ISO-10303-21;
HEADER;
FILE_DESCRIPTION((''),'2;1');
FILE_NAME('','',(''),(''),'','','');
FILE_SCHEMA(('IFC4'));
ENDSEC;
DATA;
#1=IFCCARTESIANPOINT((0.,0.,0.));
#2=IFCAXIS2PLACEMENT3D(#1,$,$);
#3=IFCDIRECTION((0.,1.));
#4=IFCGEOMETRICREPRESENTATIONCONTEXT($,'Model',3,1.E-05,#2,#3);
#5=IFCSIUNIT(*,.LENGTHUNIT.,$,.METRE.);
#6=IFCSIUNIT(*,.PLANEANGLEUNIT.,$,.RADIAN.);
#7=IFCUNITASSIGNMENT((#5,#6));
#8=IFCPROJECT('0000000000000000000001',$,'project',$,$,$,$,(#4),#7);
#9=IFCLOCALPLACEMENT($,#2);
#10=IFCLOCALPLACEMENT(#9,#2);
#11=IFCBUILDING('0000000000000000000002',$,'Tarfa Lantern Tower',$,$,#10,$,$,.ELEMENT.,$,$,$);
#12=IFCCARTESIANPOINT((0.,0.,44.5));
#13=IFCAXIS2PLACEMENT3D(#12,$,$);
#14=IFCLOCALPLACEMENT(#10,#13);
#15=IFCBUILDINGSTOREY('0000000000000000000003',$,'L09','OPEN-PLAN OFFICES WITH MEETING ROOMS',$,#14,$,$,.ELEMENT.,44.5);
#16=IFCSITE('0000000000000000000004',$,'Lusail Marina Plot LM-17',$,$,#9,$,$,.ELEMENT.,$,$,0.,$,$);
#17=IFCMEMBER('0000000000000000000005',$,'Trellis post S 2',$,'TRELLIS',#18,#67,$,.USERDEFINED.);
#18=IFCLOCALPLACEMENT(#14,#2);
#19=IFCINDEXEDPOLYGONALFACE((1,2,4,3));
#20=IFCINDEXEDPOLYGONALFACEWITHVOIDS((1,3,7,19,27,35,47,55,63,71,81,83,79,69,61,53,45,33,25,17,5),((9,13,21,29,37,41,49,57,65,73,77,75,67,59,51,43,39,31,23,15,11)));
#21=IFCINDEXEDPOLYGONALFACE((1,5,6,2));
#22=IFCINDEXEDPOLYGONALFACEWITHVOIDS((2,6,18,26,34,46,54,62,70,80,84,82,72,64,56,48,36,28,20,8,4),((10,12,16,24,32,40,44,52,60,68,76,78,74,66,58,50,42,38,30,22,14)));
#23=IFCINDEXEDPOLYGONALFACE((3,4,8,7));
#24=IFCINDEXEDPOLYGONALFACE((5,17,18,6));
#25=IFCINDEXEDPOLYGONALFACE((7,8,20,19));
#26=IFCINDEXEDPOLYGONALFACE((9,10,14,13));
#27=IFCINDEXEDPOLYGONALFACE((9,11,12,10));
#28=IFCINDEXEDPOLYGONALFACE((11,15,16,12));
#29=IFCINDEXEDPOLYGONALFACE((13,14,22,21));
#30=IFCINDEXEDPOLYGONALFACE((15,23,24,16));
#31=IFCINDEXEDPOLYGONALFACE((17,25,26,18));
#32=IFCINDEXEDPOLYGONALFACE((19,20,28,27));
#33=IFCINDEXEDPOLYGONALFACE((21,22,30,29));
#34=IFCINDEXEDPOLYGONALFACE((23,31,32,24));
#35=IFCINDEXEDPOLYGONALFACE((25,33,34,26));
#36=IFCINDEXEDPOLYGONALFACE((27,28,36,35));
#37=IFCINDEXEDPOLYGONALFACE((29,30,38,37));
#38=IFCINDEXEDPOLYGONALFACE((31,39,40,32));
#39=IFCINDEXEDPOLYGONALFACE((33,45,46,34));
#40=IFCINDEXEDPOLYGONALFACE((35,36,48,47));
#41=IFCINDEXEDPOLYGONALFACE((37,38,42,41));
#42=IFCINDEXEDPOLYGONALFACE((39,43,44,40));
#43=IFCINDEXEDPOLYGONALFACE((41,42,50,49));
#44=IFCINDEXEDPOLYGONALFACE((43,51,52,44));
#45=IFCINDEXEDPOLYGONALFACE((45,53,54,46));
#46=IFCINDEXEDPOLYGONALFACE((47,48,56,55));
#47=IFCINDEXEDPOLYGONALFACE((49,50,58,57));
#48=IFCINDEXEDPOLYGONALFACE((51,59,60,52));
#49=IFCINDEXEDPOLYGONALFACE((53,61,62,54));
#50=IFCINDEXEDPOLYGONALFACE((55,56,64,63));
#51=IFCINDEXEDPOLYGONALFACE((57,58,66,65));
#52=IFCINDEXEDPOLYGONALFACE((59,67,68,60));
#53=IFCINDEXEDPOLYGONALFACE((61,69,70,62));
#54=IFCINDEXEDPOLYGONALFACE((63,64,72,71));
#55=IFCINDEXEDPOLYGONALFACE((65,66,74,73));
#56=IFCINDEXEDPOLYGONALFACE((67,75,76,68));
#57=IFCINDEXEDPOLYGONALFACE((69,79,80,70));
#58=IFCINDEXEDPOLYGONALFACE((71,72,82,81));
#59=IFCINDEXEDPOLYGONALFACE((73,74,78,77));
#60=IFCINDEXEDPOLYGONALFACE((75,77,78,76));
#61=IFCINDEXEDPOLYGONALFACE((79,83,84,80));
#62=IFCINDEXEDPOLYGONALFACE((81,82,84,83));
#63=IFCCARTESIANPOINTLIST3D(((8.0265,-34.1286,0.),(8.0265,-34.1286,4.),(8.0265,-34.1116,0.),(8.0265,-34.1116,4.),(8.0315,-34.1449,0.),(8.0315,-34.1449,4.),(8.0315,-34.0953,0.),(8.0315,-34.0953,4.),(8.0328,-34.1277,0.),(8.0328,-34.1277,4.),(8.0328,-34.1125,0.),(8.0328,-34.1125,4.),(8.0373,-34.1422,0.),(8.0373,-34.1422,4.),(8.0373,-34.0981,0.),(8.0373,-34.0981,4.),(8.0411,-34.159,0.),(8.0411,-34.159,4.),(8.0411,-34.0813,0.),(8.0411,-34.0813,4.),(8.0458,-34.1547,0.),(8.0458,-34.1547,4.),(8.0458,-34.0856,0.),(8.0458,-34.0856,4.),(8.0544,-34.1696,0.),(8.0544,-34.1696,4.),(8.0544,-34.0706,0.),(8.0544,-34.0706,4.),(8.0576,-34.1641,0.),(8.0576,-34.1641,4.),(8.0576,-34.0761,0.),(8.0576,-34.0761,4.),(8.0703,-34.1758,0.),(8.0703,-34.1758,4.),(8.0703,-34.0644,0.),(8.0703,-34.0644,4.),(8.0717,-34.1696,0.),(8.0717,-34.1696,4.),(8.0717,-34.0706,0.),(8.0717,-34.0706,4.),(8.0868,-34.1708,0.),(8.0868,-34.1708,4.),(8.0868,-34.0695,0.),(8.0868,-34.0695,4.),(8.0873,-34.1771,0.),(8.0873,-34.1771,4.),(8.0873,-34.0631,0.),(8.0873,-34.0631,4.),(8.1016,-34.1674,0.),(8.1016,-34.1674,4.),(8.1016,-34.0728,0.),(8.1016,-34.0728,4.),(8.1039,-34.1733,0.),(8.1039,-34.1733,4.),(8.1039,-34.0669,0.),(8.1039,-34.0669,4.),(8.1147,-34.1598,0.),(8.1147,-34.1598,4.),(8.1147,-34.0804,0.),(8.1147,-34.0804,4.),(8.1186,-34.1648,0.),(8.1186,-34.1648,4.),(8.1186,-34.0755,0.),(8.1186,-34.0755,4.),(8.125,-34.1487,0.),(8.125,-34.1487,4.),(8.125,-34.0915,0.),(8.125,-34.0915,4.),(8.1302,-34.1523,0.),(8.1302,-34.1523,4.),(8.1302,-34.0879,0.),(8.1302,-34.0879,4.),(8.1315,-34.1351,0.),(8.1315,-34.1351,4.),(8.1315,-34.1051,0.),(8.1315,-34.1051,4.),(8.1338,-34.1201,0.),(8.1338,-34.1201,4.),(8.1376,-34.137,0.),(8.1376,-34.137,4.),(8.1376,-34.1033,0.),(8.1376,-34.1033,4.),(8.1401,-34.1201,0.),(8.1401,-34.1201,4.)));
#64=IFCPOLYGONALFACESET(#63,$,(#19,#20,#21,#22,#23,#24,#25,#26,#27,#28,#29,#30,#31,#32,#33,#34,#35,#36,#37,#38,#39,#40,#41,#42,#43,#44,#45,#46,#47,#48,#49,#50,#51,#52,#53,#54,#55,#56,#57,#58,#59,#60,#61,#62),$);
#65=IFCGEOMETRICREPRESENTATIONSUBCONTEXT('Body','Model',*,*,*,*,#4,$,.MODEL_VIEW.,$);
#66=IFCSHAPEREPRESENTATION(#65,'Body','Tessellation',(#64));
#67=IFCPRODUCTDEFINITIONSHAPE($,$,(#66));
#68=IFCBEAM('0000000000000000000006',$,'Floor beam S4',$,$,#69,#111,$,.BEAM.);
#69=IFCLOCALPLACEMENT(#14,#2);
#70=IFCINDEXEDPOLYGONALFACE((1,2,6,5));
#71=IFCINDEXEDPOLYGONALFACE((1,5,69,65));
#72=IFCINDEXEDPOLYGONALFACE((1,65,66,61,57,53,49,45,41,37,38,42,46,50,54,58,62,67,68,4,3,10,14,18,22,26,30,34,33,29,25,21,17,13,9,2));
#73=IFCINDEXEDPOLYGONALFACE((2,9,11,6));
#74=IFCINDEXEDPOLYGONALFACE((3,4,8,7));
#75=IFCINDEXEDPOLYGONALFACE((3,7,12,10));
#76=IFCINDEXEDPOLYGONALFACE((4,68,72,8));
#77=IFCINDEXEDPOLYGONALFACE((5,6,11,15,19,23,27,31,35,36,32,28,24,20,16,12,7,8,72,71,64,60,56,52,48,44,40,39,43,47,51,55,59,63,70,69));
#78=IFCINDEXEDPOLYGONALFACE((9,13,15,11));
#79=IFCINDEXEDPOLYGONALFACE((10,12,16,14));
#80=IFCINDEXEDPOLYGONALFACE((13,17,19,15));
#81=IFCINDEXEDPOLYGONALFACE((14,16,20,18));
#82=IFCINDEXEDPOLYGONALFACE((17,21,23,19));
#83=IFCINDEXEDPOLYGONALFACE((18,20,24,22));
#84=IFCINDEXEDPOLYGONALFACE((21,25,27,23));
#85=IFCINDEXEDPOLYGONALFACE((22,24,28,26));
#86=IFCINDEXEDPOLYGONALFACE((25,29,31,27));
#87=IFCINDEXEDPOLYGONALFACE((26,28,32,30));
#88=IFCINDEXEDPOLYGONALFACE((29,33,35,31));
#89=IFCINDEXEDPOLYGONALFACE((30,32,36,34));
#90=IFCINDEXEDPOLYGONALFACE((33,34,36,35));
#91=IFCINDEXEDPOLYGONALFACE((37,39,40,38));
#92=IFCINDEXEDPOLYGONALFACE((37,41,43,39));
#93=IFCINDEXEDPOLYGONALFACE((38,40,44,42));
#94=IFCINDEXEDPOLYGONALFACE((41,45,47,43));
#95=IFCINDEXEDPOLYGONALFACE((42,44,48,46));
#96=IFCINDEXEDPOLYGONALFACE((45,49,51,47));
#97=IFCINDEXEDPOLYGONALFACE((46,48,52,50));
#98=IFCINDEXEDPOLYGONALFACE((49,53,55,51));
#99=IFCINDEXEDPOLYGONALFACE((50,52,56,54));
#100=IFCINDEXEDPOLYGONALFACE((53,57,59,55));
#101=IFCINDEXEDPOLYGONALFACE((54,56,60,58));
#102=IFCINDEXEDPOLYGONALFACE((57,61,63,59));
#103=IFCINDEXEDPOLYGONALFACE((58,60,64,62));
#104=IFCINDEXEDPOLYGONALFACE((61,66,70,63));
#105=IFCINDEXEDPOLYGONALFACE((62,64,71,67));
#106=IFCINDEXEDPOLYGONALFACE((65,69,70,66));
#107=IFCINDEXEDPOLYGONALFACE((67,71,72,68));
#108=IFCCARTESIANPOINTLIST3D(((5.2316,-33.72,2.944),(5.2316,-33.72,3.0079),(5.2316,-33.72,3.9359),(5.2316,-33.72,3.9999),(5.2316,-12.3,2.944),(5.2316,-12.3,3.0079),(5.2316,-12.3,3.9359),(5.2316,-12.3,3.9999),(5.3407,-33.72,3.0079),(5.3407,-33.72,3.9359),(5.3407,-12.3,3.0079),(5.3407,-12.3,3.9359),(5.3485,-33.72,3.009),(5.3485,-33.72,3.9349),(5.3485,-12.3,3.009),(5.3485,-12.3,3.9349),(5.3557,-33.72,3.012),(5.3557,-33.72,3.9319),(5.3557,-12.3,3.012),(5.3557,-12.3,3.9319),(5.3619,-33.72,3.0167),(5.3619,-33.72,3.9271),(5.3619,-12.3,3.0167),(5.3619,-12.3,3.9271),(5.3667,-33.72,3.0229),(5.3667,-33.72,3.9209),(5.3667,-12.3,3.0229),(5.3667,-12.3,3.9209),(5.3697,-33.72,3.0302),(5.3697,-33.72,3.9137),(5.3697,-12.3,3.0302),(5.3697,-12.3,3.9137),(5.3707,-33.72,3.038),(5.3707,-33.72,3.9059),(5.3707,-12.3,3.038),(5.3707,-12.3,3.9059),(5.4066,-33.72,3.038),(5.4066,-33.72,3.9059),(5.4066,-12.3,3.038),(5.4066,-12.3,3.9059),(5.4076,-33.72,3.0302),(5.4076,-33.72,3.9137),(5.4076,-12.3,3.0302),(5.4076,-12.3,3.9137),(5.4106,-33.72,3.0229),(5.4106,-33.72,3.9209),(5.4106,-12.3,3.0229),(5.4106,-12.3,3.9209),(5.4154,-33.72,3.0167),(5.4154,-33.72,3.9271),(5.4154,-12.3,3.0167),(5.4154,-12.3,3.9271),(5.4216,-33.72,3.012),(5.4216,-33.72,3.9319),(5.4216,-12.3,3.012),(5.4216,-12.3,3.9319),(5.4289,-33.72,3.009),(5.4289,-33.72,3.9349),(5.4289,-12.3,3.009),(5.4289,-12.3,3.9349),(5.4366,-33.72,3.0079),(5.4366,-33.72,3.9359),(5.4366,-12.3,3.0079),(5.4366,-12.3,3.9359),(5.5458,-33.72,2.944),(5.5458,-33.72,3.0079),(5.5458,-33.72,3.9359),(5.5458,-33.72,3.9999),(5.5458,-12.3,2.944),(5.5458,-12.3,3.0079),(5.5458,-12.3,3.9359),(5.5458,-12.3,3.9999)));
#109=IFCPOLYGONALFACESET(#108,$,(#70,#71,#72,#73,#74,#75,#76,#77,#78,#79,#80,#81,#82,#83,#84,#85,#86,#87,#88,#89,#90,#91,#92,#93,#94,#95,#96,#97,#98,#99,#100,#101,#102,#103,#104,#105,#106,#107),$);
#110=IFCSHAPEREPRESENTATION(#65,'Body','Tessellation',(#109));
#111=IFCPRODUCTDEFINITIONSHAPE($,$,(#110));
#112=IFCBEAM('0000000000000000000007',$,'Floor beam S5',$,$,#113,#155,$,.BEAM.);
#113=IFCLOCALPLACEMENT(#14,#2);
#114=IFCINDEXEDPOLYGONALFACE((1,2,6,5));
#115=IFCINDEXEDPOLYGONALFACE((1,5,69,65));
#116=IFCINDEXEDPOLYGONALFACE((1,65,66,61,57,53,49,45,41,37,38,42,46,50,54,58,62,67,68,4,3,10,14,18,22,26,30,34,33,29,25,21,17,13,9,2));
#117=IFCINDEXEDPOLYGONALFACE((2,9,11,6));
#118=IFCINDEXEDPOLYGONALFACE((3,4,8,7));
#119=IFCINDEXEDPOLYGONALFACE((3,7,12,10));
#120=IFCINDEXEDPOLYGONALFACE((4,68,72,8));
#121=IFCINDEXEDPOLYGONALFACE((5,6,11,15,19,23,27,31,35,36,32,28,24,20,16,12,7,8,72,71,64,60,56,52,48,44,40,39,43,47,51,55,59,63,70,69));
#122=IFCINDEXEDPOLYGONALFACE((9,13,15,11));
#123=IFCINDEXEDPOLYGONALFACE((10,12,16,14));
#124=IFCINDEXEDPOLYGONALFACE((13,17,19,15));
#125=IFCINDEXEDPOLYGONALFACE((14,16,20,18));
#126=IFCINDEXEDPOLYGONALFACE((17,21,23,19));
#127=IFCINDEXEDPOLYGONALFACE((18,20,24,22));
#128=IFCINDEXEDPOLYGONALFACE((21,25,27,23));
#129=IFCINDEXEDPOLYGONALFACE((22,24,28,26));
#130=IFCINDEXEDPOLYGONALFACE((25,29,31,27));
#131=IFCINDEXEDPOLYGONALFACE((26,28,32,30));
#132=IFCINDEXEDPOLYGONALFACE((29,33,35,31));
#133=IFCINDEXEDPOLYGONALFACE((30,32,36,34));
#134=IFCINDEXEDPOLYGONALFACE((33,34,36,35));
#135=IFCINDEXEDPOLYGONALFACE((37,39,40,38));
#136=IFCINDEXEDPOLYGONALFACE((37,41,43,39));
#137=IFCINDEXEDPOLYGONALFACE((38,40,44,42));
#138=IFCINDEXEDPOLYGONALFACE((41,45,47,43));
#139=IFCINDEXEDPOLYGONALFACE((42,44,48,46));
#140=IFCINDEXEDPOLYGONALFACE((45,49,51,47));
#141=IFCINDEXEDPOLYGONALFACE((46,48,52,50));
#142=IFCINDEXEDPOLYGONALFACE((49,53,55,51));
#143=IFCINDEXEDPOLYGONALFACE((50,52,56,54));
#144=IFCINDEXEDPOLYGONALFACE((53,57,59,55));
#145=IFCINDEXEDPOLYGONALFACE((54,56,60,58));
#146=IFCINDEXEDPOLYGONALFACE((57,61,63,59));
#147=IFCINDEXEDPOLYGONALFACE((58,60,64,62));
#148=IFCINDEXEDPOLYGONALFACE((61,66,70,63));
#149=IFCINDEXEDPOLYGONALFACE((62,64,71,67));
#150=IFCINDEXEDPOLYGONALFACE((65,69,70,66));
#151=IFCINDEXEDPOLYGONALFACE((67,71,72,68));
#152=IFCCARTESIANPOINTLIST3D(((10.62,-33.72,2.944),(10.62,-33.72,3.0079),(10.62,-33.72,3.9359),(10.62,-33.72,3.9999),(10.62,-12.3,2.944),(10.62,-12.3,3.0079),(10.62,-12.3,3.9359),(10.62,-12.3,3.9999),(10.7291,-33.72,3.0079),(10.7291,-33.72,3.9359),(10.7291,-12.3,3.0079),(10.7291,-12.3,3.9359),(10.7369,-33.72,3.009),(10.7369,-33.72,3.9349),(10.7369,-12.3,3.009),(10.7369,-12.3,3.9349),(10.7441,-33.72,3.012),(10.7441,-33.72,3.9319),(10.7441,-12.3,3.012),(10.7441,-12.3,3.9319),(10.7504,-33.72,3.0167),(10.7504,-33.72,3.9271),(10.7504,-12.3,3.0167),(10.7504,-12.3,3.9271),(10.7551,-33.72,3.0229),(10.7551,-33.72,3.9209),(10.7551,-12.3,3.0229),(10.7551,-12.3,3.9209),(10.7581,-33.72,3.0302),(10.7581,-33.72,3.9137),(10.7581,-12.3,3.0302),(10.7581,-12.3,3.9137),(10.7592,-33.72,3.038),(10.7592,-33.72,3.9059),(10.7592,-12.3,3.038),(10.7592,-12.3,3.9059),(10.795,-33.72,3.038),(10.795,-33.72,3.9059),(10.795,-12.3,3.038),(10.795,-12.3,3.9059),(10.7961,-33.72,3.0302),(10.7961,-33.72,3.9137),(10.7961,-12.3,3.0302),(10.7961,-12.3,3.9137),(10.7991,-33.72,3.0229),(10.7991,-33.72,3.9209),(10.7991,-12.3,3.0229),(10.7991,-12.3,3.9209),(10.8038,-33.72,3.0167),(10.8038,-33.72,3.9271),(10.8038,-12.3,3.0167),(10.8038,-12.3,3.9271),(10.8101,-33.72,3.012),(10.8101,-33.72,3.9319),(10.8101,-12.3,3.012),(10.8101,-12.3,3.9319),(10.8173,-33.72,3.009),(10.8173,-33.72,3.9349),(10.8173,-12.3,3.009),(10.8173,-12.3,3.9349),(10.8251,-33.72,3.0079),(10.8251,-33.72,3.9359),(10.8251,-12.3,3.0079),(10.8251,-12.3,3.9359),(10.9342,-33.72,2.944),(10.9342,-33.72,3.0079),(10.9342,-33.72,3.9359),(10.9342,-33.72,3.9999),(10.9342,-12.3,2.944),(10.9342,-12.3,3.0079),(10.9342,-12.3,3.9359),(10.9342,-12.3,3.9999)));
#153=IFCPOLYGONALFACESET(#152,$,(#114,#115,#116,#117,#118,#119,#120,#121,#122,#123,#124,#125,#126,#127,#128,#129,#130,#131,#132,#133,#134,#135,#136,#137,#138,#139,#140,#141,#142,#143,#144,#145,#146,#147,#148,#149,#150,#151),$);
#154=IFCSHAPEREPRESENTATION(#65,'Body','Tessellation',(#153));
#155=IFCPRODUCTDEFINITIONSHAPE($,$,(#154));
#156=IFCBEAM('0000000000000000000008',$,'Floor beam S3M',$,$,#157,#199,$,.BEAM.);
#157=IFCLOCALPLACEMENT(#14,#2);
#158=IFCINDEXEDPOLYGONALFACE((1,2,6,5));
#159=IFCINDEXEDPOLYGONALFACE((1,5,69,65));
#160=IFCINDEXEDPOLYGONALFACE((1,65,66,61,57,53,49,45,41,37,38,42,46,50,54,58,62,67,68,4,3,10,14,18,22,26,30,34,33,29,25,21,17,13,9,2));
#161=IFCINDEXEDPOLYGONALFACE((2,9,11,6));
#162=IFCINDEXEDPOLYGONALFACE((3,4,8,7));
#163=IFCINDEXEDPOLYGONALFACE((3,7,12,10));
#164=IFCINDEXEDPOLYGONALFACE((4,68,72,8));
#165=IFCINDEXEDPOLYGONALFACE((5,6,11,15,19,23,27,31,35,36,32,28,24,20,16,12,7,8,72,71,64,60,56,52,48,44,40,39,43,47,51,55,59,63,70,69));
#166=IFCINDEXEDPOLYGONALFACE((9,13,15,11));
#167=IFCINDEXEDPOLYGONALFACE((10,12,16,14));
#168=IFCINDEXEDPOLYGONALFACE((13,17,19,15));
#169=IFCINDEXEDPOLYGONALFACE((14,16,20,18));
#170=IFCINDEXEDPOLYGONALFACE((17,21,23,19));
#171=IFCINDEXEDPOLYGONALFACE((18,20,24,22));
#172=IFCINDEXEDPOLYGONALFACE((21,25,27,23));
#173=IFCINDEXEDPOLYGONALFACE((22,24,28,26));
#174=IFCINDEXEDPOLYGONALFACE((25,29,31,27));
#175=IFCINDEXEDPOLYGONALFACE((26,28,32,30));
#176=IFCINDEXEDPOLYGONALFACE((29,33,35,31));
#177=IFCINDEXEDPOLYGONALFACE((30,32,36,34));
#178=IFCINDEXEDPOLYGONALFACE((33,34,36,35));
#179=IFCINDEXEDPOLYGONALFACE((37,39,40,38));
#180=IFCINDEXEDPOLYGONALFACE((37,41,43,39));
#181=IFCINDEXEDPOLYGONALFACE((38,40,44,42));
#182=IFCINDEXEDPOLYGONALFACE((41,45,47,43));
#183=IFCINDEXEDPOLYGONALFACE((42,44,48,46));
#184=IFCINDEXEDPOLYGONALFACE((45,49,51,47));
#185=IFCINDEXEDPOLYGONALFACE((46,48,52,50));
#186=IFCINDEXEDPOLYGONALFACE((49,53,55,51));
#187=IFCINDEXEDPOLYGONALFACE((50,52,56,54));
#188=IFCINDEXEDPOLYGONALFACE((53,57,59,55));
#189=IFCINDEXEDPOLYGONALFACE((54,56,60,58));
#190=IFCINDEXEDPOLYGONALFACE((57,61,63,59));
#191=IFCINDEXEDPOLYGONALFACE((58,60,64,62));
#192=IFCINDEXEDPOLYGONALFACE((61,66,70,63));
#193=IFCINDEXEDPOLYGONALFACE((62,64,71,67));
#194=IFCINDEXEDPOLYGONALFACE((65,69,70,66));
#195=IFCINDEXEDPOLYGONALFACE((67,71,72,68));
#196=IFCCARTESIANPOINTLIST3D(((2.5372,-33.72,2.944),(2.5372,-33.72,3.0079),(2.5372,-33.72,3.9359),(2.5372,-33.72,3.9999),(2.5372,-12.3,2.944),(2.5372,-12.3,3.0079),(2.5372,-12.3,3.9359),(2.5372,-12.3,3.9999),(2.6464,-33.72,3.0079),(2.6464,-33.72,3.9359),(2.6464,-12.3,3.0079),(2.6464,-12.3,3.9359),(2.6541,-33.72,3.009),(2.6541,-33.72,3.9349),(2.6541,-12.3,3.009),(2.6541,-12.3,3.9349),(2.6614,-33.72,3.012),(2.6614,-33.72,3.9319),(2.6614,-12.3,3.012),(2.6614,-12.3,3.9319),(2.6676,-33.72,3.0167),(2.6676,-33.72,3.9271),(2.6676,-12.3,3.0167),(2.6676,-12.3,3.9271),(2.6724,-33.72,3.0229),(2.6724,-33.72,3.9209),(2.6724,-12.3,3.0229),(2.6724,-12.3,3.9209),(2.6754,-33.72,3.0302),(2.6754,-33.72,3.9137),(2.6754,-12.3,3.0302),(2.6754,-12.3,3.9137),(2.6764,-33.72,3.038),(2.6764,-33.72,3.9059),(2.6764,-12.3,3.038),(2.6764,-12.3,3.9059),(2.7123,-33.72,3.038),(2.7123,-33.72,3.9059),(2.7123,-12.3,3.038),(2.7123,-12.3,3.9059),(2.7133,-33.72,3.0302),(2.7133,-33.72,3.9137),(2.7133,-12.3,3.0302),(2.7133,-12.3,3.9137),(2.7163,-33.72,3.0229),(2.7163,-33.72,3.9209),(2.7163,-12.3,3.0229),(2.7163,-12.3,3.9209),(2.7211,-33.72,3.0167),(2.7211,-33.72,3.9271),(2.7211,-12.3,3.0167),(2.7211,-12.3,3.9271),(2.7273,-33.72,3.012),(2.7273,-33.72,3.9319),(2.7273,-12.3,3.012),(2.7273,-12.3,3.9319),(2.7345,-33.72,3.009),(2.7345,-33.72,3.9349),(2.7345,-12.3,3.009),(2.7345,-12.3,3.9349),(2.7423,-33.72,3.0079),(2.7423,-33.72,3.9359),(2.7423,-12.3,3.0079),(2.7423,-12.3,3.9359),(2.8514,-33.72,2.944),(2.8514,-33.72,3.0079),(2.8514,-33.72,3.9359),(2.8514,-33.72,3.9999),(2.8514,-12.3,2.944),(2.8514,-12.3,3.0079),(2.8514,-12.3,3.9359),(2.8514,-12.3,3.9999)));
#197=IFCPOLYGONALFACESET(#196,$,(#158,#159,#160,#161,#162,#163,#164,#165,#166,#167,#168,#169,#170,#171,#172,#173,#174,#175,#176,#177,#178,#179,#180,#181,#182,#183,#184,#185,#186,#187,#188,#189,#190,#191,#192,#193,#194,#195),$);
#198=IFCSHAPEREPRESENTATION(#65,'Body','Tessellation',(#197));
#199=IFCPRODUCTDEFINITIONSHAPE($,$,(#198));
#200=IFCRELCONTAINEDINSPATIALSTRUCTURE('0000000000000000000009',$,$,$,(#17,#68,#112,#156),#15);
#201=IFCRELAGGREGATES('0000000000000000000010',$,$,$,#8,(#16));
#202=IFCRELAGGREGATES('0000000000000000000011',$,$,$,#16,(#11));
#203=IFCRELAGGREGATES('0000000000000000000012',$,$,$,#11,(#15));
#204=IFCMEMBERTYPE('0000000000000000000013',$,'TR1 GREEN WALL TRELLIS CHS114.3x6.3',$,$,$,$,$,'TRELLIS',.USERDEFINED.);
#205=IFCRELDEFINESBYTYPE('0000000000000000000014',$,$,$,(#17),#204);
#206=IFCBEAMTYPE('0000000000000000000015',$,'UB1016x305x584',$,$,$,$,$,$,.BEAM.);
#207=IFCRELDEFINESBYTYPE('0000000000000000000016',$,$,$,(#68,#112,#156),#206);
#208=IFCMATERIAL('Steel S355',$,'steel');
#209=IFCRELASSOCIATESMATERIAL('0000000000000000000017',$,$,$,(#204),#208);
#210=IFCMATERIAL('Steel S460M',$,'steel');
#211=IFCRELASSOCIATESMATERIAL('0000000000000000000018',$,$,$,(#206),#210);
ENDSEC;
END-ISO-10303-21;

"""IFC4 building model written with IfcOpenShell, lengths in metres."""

from ifc_helpers import new_model, si_unit, direction, frame, origin, origin_2d, place, context, subcontext, project, spatial, hollow_circle, i_section, extrude, material, material_profile, profile_set, type_object, element, save


model = new_model("IFC4")

# Units and contexts
model_context = context("Model", 3, precision=1e-05, world=origin(), true_north=direction((0.0, 1.0)))
body_context = subcontext(model_context, "Body", "Model", "MODEL_VIEW")
ifc_project = project(units=[si_unit("LENGTHUNIT", "METRE"), si_unit("PLANEANGLEUNIT", "RADIAN")], contexts=[model_context])

# Site, building, storey
site_placement = place(None, origin())
site = spatial("IfcSite", under=ifc_project, at=site_placement, Name="Lusail Marina Plot LM-17", CompositionType="ELEMENT", RefElevation=0.0)
building_placement = place(site_placement, origin())
building = spatial("IfcBuilding", under=site, at=building_placement, Name="Tarfa Lantern Tower", CompositionType="ELEMENT")
storey_placement = place(building_placement, frame((0.0, 0.0, 44.5)))
storey = spatial("IfcBuildingStorey", under=building, at=storey_placement, Name="L09", Description="OPEN-PLAN OFFICES WITH MEETING ROOMS", CompositionType="ELEMENT", Elevation=44.5)

# Member
ifc_material_1 = material(Name="Steel S355", Category="steel")
ifc_material_profile_1 = material_profile(ifc_material_1, hollow_circle(Radius=0.0571, WallThickness=0.0063, at=origin_2d()), Name="CHS114.3x6.3")
ifc_profile_set_1 = profile_set([ifc_material_profile_1], Name="Steel S355")
member_type_1 = type_object("IfcMemberType", Name="TR1 GREEN WALL TRELLIS CHS114.3x6.3", ElementType="TRELLIS", PredefinedType="USERDEFINED", material=ifc_profile_set_1)
member_1_placement = place(storey_placement, frame((8.083, -34.1201, 0.0), z_axis=(0.0, 0.0, 1.0), x_axis=(1.0, 0.0, 0.0)))
element("IfcMember", 1, at=member_1_placement, inside=storey, type_object=member_type_1, Name="Trellis post S 2", ObjectType="TRELLIS", PredefinedType="USERDEFINED", context=body_context, shape_type="SweptSolid", body=[
    extrude(hollow_circle(Radius=0.0571, WallThickness=0.0063, at=origin_2d()), origin(), (0.0, 0.0, 1.0), 4.0),
])

# Beams
ifc_material_2 = material(Name="Steel S460M", Category="steel")
ifc_material_profile_2 = material_profile(ifc_material_2, i_section(OverallWidth=0.3142, OverallDepth=1.0559, WebThickness=0.0359, FlangeThickness=0.064, FilletRadius=0.03, at=origin_2d()), Name="UB1016x305x584")
ifc_profile_set_2 = profile_set([ifc_material_profile_2], Name="Steel S460M")
beam_type_1 = type_object("IfcBeamType", Name="UB1016x305x584", PredefinedType="BEAM", material=ifc_profile_set_2)
for number, where, z_axis, x_axis, name in (
    (2, (5.3887, -33.72, 3.4719), (0.0, 1.0, 0.0), (-1.0, 0.0, 0.0), "Floor beam S4"),
    (3, (10.7771, -33.72, 3.4719), (0.0, 1.0, 0.0), (-1.0, 0.0, 0.0), "Floor beam S5"),
    (4, (2.6943, -33.72, 3.4719), (0.0, 1.0, 0.0), (-1.0, 0.0, 0.0), "Floor beam S3M"),
):
    element("IfcBeam", number, at=place(storey_placement, frame(where, z_axis=z_axis, x_axis=x_axis)), inside=storey, type_object=beam_type_1, Name=name, PredefinedType="BEAM", context=body_context, shape_type="SweptSolid", body=[
        extrude(i_section(OverallWidth=0.3142, OverallDepth=1.0559, WebThickness=0.0359, FlangeThickness=0.064, FilletRadius=0.03, at=origin_2d()), origin(), (0.0, 0.0, 1.0), 21.4199),
    ])

save(model, "model.ifc")
